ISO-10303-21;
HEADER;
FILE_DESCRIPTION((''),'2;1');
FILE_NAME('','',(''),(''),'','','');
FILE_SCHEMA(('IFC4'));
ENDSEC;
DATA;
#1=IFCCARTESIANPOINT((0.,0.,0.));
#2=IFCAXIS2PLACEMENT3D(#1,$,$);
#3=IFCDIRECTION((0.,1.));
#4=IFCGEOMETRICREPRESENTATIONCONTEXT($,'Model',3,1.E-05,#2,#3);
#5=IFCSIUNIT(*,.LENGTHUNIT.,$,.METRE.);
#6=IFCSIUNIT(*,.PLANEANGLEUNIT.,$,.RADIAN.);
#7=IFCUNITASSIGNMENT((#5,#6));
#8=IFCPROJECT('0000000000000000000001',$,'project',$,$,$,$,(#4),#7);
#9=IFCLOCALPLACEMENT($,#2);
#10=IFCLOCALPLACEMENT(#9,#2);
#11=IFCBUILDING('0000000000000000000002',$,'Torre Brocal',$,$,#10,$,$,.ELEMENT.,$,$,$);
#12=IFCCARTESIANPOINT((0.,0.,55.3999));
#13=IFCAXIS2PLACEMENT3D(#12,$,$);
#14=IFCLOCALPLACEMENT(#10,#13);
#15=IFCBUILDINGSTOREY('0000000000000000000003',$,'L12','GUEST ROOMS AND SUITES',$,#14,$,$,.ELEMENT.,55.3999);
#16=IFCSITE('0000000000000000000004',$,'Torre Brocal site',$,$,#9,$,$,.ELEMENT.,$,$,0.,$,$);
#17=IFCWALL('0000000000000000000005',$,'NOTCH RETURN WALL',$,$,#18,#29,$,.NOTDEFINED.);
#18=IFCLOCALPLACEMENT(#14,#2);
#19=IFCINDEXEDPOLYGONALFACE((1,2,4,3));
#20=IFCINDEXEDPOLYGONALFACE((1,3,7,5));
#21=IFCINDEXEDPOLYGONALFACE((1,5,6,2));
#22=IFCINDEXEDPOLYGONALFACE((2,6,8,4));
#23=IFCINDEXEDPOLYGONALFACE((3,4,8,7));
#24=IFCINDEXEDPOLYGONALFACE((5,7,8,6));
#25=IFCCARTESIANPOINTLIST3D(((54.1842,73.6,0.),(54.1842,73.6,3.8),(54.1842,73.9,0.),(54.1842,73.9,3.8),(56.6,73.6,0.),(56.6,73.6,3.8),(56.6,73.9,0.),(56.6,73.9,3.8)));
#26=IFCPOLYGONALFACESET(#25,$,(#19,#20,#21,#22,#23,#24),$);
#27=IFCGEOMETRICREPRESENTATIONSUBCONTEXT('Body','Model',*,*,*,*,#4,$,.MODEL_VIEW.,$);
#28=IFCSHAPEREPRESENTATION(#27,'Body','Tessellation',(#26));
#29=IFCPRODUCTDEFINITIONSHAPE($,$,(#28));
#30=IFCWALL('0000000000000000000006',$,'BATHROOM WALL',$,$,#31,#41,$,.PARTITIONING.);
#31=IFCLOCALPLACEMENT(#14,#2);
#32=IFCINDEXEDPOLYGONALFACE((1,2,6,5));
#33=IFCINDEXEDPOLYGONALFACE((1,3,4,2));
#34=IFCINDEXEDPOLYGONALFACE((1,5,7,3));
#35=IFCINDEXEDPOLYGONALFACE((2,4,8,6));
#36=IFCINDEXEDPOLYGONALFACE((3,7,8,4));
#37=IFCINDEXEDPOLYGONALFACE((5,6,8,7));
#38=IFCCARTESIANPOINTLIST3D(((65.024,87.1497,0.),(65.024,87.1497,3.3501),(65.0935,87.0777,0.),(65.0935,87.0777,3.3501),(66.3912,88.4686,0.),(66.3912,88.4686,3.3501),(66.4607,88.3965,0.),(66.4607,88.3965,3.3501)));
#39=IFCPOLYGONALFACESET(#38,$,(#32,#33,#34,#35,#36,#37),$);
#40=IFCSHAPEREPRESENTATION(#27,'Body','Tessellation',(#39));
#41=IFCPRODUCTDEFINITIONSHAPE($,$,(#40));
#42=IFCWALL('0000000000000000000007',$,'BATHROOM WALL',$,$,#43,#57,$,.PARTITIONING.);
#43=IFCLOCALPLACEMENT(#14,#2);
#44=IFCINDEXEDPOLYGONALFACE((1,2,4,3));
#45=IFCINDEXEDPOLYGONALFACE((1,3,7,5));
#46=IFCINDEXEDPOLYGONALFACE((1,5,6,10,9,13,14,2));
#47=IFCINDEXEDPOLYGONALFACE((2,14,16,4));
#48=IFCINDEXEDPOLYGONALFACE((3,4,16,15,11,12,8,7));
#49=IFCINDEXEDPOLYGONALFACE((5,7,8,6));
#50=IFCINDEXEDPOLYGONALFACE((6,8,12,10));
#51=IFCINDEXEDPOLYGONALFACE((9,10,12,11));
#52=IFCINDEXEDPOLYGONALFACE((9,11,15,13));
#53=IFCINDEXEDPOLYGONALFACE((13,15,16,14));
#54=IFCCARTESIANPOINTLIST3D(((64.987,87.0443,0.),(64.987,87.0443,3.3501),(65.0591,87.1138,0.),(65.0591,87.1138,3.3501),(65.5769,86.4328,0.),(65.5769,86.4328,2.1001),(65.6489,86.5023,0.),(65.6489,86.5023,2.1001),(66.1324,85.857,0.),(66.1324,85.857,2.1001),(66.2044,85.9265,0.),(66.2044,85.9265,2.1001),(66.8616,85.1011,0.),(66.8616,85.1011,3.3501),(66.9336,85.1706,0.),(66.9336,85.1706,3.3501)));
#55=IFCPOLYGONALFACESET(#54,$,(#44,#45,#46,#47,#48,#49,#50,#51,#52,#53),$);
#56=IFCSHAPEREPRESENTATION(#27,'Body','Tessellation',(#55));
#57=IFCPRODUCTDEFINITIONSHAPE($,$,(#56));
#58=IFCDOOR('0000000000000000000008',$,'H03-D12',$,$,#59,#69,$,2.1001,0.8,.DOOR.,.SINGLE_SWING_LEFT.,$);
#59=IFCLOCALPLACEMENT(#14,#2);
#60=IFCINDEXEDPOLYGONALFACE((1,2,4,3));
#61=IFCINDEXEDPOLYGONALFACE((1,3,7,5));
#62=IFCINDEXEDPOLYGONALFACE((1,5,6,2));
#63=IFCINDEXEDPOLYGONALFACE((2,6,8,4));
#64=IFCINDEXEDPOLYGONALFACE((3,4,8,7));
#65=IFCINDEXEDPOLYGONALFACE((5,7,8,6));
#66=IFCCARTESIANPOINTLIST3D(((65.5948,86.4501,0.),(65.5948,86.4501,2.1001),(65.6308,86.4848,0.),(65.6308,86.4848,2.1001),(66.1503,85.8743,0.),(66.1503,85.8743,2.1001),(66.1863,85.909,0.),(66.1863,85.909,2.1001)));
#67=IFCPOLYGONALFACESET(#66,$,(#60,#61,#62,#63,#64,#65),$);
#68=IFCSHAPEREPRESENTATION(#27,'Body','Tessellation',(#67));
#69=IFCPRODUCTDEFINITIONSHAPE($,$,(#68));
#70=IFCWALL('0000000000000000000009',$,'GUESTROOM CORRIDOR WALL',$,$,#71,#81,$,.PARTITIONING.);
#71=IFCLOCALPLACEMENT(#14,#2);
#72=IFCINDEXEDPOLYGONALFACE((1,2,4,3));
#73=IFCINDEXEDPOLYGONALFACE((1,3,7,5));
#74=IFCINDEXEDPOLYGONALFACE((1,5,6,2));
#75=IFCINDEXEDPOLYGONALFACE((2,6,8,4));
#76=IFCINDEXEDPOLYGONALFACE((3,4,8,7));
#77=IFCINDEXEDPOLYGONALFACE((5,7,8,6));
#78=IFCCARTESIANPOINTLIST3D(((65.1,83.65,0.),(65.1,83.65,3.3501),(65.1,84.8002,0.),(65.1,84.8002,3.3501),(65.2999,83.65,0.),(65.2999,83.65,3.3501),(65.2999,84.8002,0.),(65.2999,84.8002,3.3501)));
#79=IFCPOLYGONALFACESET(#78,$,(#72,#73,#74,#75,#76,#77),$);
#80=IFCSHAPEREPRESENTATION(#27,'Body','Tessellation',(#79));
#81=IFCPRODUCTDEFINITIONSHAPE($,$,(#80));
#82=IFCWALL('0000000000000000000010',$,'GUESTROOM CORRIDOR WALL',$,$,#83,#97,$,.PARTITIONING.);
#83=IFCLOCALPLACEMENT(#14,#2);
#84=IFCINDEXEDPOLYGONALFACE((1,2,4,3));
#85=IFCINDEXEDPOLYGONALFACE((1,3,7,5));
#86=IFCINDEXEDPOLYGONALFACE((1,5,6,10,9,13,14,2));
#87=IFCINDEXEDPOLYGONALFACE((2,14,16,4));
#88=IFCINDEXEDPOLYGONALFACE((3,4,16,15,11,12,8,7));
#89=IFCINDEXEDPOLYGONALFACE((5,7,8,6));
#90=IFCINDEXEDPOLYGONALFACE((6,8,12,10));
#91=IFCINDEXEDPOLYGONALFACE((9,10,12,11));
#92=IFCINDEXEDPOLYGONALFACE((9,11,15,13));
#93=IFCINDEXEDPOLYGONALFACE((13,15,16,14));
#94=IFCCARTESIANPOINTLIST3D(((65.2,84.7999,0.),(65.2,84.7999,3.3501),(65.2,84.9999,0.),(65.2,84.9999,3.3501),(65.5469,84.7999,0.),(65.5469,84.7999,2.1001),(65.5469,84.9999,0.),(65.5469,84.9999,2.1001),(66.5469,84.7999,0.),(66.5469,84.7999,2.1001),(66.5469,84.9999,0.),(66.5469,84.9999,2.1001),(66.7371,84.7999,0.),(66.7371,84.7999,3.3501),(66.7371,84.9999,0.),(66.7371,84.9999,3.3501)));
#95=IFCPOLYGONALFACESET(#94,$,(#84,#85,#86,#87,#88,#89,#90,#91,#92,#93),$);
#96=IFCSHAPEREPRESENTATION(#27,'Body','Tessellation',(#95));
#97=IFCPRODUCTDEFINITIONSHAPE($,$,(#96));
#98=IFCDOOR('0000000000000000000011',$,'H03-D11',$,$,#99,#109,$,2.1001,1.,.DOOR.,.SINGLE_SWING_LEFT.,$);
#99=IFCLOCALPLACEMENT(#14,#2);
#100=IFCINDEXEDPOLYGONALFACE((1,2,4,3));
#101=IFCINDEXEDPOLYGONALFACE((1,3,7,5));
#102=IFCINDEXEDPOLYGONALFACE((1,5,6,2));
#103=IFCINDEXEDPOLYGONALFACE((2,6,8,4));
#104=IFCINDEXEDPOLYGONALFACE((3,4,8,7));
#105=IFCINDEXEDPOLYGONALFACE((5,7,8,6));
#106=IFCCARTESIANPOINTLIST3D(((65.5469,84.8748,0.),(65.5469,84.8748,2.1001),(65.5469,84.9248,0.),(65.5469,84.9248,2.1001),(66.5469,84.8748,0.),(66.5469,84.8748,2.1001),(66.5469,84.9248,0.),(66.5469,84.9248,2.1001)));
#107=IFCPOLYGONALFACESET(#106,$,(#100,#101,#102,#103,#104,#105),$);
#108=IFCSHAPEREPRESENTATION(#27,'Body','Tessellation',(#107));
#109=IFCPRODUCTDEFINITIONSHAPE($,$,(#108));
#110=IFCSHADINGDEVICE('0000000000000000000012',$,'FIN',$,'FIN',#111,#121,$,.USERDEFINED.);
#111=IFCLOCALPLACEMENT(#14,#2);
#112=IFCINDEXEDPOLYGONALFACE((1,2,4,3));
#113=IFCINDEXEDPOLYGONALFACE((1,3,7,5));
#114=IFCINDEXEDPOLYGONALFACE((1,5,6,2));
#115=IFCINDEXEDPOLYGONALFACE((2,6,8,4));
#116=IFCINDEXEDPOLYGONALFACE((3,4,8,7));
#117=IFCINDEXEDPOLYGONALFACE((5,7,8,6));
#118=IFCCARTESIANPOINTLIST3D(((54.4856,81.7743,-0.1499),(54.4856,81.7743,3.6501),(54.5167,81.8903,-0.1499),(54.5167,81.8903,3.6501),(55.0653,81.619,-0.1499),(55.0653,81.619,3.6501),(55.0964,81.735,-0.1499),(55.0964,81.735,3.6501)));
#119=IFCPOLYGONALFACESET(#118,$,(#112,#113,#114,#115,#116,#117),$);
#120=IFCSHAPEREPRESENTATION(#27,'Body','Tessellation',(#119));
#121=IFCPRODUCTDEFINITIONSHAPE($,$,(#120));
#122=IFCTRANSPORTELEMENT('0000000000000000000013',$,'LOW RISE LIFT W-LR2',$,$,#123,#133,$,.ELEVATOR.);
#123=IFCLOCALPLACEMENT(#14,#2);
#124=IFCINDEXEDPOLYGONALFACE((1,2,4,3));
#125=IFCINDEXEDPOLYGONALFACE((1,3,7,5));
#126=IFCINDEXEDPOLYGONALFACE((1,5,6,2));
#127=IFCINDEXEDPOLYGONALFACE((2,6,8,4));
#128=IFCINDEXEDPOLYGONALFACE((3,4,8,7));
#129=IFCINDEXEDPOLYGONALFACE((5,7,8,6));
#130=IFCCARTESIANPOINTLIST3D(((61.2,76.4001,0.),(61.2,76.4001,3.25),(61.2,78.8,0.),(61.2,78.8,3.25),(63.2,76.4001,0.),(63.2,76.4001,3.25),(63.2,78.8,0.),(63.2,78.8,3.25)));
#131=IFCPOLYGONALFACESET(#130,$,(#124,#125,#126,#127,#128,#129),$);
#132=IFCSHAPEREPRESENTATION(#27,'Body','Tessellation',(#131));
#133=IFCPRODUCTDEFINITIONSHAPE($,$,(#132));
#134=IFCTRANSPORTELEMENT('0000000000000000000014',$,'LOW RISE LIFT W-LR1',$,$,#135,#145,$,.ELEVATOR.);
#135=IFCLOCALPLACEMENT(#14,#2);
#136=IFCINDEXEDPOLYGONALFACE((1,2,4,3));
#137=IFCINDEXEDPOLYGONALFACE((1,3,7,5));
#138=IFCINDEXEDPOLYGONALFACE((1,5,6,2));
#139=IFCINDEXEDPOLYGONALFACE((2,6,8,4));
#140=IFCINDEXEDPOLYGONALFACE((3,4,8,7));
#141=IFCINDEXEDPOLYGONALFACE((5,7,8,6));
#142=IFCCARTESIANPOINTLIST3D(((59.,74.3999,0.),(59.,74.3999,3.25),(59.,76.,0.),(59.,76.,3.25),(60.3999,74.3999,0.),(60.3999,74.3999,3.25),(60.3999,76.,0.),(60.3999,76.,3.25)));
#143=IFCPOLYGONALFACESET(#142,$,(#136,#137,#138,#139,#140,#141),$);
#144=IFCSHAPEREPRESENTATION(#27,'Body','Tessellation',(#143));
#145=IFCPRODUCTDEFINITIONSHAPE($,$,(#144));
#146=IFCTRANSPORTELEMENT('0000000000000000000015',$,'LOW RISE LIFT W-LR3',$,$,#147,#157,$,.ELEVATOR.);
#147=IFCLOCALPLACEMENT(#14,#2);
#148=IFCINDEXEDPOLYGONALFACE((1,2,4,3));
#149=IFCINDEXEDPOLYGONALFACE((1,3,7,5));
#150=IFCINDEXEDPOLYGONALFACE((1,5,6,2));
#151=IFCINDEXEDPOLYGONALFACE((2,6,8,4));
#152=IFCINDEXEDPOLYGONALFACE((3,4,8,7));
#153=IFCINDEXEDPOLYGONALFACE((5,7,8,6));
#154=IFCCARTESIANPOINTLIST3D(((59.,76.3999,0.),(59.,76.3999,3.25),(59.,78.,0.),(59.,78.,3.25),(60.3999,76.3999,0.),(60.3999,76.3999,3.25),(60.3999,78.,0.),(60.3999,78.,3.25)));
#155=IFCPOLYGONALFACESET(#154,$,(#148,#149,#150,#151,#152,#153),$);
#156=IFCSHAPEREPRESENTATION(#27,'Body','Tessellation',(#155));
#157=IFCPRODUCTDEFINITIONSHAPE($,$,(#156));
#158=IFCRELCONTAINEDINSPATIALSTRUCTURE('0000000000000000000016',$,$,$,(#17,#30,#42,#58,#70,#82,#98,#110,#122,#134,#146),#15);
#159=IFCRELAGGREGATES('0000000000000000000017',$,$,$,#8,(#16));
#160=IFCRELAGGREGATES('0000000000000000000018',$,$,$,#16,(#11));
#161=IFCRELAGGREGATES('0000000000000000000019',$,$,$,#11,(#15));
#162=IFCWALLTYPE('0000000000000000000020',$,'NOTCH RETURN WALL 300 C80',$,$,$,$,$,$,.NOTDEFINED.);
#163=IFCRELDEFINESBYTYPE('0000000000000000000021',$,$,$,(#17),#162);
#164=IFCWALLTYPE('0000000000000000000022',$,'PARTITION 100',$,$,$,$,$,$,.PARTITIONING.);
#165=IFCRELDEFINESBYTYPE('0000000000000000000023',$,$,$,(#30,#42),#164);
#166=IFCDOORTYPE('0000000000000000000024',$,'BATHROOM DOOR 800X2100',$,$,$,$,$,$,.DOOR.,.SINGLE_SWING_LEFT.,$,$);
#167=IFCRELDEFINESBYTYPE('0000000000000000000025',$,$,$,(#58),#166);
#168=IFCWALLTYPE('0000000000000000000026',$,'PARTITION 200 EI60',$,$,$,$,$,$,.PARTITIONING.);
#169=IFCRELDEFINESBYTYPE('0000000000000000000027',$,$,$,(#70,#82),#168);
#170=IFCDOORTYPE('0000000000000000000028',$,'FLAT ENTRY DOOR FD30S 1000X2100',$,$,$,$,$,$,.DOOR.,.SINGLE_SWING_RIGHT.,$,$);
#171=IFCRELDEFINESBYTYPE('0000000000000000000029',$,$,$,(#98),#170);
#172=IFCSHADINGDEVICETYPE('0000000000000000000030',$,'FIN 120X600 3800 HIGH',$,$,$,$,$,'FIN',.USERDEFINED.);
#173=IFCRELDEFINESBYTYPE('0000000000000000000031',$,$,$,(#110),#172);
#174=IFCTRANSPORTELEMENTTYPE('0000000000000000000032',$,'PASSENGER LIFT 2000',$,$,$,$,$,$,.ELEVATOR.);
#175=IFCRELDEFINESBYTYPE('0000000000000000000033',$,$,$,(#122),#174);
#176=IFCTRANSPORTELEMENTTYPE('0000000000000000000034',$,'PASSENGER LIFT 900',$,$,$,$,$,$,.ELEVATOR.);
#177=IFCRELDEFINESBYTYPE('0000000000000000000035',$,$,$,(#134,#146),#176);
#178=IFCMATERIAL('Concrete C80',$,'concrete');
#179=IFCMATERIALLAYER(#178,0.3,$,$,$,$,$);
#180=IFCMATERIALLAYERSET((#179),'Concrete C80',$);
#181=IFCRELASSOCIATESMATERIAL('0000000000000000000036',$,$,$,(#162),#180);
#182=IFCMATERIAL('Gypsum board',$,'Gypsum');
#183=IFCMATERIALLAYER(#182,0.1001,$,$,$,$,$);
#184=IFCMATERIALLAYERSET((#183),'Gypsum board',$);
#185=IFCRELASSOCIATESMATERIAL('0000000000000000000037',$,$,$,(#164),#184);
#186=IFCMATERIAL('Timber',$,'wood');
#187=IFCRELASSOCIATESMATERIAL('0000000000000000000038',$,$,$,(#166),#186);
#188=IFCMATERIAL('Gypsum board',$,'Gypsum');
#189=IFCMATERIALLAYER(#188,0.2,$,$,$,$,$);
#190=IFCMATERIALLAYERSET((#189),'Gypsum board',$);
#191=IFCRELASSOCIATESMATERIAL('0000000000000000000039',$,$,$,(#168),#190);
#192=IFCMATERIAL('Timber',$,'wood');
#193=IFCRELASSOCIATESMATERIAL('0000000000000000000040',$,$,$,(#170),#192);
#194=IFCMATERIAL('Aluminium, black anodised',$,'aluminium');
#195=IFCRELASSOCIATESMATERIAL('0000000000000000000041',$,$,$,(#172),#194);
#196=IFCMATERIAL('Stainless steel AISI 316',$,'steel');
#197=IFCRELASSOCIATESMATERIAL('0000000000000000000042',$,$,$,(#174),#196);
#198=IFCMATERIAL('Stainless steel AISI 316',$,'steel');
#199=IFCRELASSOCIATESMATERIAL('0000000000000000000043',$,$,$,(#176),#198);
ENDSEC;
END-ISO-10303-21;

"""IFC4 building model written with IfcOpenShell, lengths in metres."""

from ifc_helpers import new_model, si_unit, direction, frame, frame_2d, origin, origin_2d, place, context, subcontext, project, spatial, rectangle, extrude, material, layer, layer_set, material_profile, profile_set, type_object, element, fill, save


model = new_model("IFC4")

# Units and contexts
model_context = context("Model", 3, precision=1e-05, world=origin(), true_north=direction((0.0, 1.0)))
body_context = subcontext(model_context, "Body", "Model", "MODEL_VIEW")
ifc_project = project(units=[si_unit("LENGTHUNIT", "METRE"), si_unit("PLANEANGLEUNIT", "RADIAN")], contexts=[model_context])

# Site, building, storey
site_placement = place(None, origin())
site = spatial("IfcSite", under=ifc_project, at=site_placement, Name="Torre Brocal site", CompositionType="ELEMENT", RefElevation=0.0)
building_placement = place(site_placement, origin())
building = spatial("IfcBuilding", under=site, at=building_placement, Name="Torre Brocal", CompositionType="ELEMENT")
storey_placement = place(building_placement, frame((0.0, 0.0, 55.3999)))
storey = spatial("IfcBuildingStorey", under=building, at=storey_placement, Name="L12", Description="GUEST ROOMS AND SUITES", CompositionType="ELEMENT", Elevation=55.3999)

# Walls
ifc_material_1 = material(Name="Concrete C80", Category="concrete")
ifc_layer_1 = layer(ifc_material_1, 0.3)
ifc_layer_set_1 = layer_set([ifc_layer_1], Name="Concrete C80")
wall_type_1 = type_object("IfcWallType", Name="NOTCH RETURN WALL 300 C80", PredefinedType="NOTDEFINED", material=ifc_layer_set_1)
for number, where, z_axis, x_axis, name in (
    (1, (56.6001, 73.75, 0.0), (0.0, 0.0, 1.0), (-1.0, 0.0, 0.0), "NOTCH RETURN WALL"),
):
    element("IfcWall", number, at=place(storey_placement, frame(where, z_axis=z_axis, x_axis=x_axis)), inside=storey, type_object=wall_type_1, Name=name, PredefinedType="NOTDEFINED", context=body_context, shape_type="SweptSolid", body=[
        extrude(rectangle(XDim=2.4158, YDim=0.3, at=frame_2d((1.208, 0.0))), origin(), (0.0, 0.0, 1.0), 3.8),
    ])
ifc_material_2 = material(Name="Gypsum board", Category="Gypsum")
ifc_layer_2 = layer(ifc_material_2, 0.1001)
ifc_layer_set_2 = layer_set([ifc_layer_2], Name="Gypsum board")
wall_type_2 = type_object("IfcWallType", Name="PARTITION 100", PredefinedType="PARTITIONING", material=ifc_layer_set_2)
wall_1_placement = place(storey_placement, frame((65.0588, 87.1138, 0.0), z_axis=(0.0, 0.0, 1.0), x_axis=(0.719716, 0.694269, 0.0)))
element("IfcWall", 2, at=wall_1_placement, inside=storey, type_object=wall_type_2, Name="BATHROOM WALL", PredefinedType="PARTITIONING", context=body_context, shape_type="SweptSolid", body=[
    extrude(rectangle(XDim=1.8997, YDim=0.1001, at=frame_2d((0.9497, 0.0))), origin(), (0.0, 0.0, 1.0), 3.3501),
])

# Wall, opening, door
wall_2_placement = place(storey_placement, frame((65.0229, 87.0791, 0.0), z_axis=(0.0, 0.0, 1.0), x_axis=(0.694288, -0.719697, 0.0)))
wall_2 = element("IfcWall", 3, at=wall_2_placement, inside=storey, type_object=wall_type_2, Name="BATHROOM WALL", PredefinedType="PARTITIONING", context=body_context, shape_type="SweptSolid", body=[
    extrude(rectangle(XDim=2.7, YDim=0.1001, at=frame_2d((1.3501, 0.0))), origin(), (0.0, 0.0, 1.0), 3.3501),
])
opening_1_placement = place(wall_2_placement, frame((0.8499, 0.0, 0.0)))
opening_1 = element("IfcOpeningElement", 4, at=opening_1_placement, cuts=wall_2, PredefinedType="OPENING", context=body_context, shape_type="SweptSolid", body=[
    extrude(rectangle(XDim=0.8, YDim=2.1001, at=frame_2d((0.3999, 1.05))), frame((0.0, 0.0601, 0.0), z_axis=(0.0, -1.0, 0.0), x_axis=(1.0, 0.0, 0.0)), (0.0, 0.0, 1.0), 0.1201),
])
ifc_material_3 = material(Name="Timber", Category="wood")
door_type_1 = type_object("IfcDoorType", Name="BATHROOM DOOR 800X2100", OperationType="SINGLE_SWING_LEFT", PredefinedType="DOOR", material=ifc_material_3)
door_1_placement = place(opening_1_placement, origin())
door_1 = element("IfcDoor", 5, at=door_1_placement, inside=storey, type_object=door_type_1, Name="H03-D12", OperationType="SINGLE_SWING_LEFT", OverallHeight=2.1001, OverallWidth=0.8, PredefinedType="DOOR", context=body_context, shape_type="SweptSolid", body=[
    extrude(rectangle(XDim=0.8, YDim=2.1001, at=frame_2d((0.3999, 1.05))), frame((0.0, 0.0249, 0.0), z_axis=(0.0, -1.0, 0.0), x_axis=(1.0, 0.0, 0.0)), (0.0, 0.0, 1.0), 0.05),
])
fill(opening_1, door_1)

# Wall
ifc_material_4 = material(Name="Gypsum board", Category="Gypsum")
ifc_layer_3 = layer(ifc_material_4, 0.2)
ifc_layer_set_3 = layer_set([ifc_layer_3], Name="Gypsum board")
wall_type_3 = type_object("IfcWallType", Name="PARTITION 200 EI60", PredefinedType="PARTITIONING", material=ifc_layer_set_3)
wall_3_placement = place(storey_placement, frame((65.2, 83.6499, 0.0), z_axis=(0.0, 0.0, 1.0), x_axis=(0.0, 1.0, 0.0)))
element("IfcWall", 6, at=wall_3_placement, inside=storey, type_object=wall_type_3, Name="GUESTROOM CORRIDOR WALL", PredefinedType="PARTITIONING", context=body_context, shape_type="SweptSolid", body=[
    extrude(rectangle(XDim=1.1501, YDim=0.2, at=frame_2d((0.5752, 0.0))), origin(), (0.0, 0.0, 1.0), 3.3501),
])

# Wall, opening, door
wall_4_placement = place(storey_placement, frame((65.2, 84.8999, 0.0), z_axis=(0.0, 0.0, 1.0), x_axis=(1.0, 0.0, 0.0)))
wall_4 = element("IfcWall", 7, at=wall_4_placement, inside=storey, type_object=wall_type_3, Name="GUESTROOM CORRIDOR WALL", PredefinedType="PARTITIONING", context=body_context, shape_type="SweptSolid", body=[
    extrude(rectangle(XDim=1.5371, YDim=0.2, at=frame_2d((0.7686, 0.0))), origin(), (0.0, 0.0, 1.0), 3.3501),
])
opening_2_placement = place(wall_4_placement, frame((0.3469, 0.0, 0.0)))
opening_2 = element("IfcOpeningElement", 8, at=opening_2_placement, cuts=wall_4, PredefinedType="OPENING", context=body_context, shape_type="SweptSolid", body=[
    extrude(rectangle(XDim=1.0, YDim=2.1001, at=frame_2d((0.5, 1.05))), frame((0.0, 0.1099, 0.0), z_axis=(0.0, -1.0, 0.0), x_axis=(1.0, 0.0, 0.0)), (0.0, 0.0, 1.0), 0.22),
])
ifc_material_5 = material(Name="Timber", Category="wood")
door_type_2 = type_object("IfcDoorType", Name="FLAT ENTRY DOOR FD30S 1000X2100", OperationType="SINGLE_SWING_RIGHT", PredefinedType="DOOR", material=ifc_material_5)
door_2_placement = place(opening_2_placement, origin())
door_2 = element("IfcDoor", 9, at=door_2_placement, inside=storey, type_object=door_type_2, Name="H03-D11", OperationType="SINGLE_SWING_LEFT", OverallHeight=2.1001, OverallWidth=1.0, PredefinedType="DOOR", context=body_context, shape_type="SweptSolid", body=[
    extrude(rectangle(XDim=1.0, YDim=2.1001, at=frame_2d((0.5, 1.05))), frame((0.0, 0.0249, 0.0), z_axis=(0.0, -1.0, 0.0), x_axis=(1.0, 0.0, 0.0)), (0.0, 0.0, 1.0), 0.05),
])
fill(opening_2, door_2)

# Shading device
ifc_material_6 = material(Name="Aluminium, black anodised", Category="aluminium")
ifc_material_profile_1 = material_profile(ifc_material_6, rectangle(XDim=0.1201, YDim=0.6001, at=origin_2d()), Name="FIN 120X600 3800 HIGH")
ifc_profile_set_1 = profile_set([ifc_material_profile_1], Name="Aluminium, black anodised")
shading_device_type = type_object("IfcShadingDeviceType", Name="FIN 120X600 3800 HIGH", ElementType="FIN", PredefinedType="USERDEFINED", material=ifc_profile_set_1)
shading_device_placement = place(storey_placement, frame((54.791, 81.7546, -0.1499), z_axis=(0.0, 0.0, 1.0), x_axis=(-0.258819, -0.965926, 0.0)))
element("IfcShadingDevice", 10, at=shading_device_placement, inside=storey, type_object=shading_device_type, Name="FIN", ObjectType="FIN", PredefinedType="USERDEFINED", context=body_context, shape_type="SweptSolid", body=[
    extrude(rectangle(XDim=0.1201, YDim=0.6001, at=origin_2d()), origin(), (0.0, 0.0, 1.0), 3.8),
])

# Transport elements
ifc_material_7 = material(Name="Stainless steel AISI 316", Category="steel")
transport_element_type_1 = type_object("IfcTransportElementType", Name="PASSENGER LIFT 2000", PredefinedType="ELEVATOR", material=ifc_material_7)
transport_element_placement = place(storey_placement, frame((62.2, 77.6001, 0.0), z_axis=(0.0, 0.0, 1.0), x_axis=(1.0, 0.0, 0.0)))
element("IfcTransportElement", 11, at=transport_element_placement, inside=storey, type_object=transport_element_type_1, Name="LOW RISE LIFT W-LR2", PredefinedType="ELEVATOR", context=body_context, shape_type="SweptSolid", body=[
    extrude(rectangle(XDim=2.0, YDim=2.3999, at=origin_2d()), origin(), (0.0, 0.0, 1.0), 3.25),
])
ifc_material_8 = material(Name="Stainless steel AISI 316", Category="steel")
transport_element_type_2 = type_object("IfcTransportElementType", Name="PASSENGER LIFT 900", PredefinedType="ELEVATOR", material=ifc_material_8)
for number, where, z_axis, x_axis, name in (
    (12, (59.7, 75.2, 0.0), (0.0, 0.0, 1.0), (1.0, 0.0, 0.0), "LOW RISE LIFT W-LR1"),
    (13, (59.7, 77.2, 0.0), (0.0, 0.0, 1.0), (1.0, 0.0, 0.0), "LOW RISE LIFT W-LR3"),
):
    element("IfcTransportElement", number, at=place(storey_placement, frame(where, z_axis=z_axis, x_axis=x_axis)), inside=storey, type_object=transport_element_type_2, Name=name, PredefinedType="ELEVATOR", context=body_context, shape_type="SweptSolid", body=[
        extrude(rectangle(XDim=1.3999, YDim=1.6001, at=origin_2d()), origin(), (0.0, 0.0, 1.0), 3.25),
    ])

save(model, "model.ifc")
